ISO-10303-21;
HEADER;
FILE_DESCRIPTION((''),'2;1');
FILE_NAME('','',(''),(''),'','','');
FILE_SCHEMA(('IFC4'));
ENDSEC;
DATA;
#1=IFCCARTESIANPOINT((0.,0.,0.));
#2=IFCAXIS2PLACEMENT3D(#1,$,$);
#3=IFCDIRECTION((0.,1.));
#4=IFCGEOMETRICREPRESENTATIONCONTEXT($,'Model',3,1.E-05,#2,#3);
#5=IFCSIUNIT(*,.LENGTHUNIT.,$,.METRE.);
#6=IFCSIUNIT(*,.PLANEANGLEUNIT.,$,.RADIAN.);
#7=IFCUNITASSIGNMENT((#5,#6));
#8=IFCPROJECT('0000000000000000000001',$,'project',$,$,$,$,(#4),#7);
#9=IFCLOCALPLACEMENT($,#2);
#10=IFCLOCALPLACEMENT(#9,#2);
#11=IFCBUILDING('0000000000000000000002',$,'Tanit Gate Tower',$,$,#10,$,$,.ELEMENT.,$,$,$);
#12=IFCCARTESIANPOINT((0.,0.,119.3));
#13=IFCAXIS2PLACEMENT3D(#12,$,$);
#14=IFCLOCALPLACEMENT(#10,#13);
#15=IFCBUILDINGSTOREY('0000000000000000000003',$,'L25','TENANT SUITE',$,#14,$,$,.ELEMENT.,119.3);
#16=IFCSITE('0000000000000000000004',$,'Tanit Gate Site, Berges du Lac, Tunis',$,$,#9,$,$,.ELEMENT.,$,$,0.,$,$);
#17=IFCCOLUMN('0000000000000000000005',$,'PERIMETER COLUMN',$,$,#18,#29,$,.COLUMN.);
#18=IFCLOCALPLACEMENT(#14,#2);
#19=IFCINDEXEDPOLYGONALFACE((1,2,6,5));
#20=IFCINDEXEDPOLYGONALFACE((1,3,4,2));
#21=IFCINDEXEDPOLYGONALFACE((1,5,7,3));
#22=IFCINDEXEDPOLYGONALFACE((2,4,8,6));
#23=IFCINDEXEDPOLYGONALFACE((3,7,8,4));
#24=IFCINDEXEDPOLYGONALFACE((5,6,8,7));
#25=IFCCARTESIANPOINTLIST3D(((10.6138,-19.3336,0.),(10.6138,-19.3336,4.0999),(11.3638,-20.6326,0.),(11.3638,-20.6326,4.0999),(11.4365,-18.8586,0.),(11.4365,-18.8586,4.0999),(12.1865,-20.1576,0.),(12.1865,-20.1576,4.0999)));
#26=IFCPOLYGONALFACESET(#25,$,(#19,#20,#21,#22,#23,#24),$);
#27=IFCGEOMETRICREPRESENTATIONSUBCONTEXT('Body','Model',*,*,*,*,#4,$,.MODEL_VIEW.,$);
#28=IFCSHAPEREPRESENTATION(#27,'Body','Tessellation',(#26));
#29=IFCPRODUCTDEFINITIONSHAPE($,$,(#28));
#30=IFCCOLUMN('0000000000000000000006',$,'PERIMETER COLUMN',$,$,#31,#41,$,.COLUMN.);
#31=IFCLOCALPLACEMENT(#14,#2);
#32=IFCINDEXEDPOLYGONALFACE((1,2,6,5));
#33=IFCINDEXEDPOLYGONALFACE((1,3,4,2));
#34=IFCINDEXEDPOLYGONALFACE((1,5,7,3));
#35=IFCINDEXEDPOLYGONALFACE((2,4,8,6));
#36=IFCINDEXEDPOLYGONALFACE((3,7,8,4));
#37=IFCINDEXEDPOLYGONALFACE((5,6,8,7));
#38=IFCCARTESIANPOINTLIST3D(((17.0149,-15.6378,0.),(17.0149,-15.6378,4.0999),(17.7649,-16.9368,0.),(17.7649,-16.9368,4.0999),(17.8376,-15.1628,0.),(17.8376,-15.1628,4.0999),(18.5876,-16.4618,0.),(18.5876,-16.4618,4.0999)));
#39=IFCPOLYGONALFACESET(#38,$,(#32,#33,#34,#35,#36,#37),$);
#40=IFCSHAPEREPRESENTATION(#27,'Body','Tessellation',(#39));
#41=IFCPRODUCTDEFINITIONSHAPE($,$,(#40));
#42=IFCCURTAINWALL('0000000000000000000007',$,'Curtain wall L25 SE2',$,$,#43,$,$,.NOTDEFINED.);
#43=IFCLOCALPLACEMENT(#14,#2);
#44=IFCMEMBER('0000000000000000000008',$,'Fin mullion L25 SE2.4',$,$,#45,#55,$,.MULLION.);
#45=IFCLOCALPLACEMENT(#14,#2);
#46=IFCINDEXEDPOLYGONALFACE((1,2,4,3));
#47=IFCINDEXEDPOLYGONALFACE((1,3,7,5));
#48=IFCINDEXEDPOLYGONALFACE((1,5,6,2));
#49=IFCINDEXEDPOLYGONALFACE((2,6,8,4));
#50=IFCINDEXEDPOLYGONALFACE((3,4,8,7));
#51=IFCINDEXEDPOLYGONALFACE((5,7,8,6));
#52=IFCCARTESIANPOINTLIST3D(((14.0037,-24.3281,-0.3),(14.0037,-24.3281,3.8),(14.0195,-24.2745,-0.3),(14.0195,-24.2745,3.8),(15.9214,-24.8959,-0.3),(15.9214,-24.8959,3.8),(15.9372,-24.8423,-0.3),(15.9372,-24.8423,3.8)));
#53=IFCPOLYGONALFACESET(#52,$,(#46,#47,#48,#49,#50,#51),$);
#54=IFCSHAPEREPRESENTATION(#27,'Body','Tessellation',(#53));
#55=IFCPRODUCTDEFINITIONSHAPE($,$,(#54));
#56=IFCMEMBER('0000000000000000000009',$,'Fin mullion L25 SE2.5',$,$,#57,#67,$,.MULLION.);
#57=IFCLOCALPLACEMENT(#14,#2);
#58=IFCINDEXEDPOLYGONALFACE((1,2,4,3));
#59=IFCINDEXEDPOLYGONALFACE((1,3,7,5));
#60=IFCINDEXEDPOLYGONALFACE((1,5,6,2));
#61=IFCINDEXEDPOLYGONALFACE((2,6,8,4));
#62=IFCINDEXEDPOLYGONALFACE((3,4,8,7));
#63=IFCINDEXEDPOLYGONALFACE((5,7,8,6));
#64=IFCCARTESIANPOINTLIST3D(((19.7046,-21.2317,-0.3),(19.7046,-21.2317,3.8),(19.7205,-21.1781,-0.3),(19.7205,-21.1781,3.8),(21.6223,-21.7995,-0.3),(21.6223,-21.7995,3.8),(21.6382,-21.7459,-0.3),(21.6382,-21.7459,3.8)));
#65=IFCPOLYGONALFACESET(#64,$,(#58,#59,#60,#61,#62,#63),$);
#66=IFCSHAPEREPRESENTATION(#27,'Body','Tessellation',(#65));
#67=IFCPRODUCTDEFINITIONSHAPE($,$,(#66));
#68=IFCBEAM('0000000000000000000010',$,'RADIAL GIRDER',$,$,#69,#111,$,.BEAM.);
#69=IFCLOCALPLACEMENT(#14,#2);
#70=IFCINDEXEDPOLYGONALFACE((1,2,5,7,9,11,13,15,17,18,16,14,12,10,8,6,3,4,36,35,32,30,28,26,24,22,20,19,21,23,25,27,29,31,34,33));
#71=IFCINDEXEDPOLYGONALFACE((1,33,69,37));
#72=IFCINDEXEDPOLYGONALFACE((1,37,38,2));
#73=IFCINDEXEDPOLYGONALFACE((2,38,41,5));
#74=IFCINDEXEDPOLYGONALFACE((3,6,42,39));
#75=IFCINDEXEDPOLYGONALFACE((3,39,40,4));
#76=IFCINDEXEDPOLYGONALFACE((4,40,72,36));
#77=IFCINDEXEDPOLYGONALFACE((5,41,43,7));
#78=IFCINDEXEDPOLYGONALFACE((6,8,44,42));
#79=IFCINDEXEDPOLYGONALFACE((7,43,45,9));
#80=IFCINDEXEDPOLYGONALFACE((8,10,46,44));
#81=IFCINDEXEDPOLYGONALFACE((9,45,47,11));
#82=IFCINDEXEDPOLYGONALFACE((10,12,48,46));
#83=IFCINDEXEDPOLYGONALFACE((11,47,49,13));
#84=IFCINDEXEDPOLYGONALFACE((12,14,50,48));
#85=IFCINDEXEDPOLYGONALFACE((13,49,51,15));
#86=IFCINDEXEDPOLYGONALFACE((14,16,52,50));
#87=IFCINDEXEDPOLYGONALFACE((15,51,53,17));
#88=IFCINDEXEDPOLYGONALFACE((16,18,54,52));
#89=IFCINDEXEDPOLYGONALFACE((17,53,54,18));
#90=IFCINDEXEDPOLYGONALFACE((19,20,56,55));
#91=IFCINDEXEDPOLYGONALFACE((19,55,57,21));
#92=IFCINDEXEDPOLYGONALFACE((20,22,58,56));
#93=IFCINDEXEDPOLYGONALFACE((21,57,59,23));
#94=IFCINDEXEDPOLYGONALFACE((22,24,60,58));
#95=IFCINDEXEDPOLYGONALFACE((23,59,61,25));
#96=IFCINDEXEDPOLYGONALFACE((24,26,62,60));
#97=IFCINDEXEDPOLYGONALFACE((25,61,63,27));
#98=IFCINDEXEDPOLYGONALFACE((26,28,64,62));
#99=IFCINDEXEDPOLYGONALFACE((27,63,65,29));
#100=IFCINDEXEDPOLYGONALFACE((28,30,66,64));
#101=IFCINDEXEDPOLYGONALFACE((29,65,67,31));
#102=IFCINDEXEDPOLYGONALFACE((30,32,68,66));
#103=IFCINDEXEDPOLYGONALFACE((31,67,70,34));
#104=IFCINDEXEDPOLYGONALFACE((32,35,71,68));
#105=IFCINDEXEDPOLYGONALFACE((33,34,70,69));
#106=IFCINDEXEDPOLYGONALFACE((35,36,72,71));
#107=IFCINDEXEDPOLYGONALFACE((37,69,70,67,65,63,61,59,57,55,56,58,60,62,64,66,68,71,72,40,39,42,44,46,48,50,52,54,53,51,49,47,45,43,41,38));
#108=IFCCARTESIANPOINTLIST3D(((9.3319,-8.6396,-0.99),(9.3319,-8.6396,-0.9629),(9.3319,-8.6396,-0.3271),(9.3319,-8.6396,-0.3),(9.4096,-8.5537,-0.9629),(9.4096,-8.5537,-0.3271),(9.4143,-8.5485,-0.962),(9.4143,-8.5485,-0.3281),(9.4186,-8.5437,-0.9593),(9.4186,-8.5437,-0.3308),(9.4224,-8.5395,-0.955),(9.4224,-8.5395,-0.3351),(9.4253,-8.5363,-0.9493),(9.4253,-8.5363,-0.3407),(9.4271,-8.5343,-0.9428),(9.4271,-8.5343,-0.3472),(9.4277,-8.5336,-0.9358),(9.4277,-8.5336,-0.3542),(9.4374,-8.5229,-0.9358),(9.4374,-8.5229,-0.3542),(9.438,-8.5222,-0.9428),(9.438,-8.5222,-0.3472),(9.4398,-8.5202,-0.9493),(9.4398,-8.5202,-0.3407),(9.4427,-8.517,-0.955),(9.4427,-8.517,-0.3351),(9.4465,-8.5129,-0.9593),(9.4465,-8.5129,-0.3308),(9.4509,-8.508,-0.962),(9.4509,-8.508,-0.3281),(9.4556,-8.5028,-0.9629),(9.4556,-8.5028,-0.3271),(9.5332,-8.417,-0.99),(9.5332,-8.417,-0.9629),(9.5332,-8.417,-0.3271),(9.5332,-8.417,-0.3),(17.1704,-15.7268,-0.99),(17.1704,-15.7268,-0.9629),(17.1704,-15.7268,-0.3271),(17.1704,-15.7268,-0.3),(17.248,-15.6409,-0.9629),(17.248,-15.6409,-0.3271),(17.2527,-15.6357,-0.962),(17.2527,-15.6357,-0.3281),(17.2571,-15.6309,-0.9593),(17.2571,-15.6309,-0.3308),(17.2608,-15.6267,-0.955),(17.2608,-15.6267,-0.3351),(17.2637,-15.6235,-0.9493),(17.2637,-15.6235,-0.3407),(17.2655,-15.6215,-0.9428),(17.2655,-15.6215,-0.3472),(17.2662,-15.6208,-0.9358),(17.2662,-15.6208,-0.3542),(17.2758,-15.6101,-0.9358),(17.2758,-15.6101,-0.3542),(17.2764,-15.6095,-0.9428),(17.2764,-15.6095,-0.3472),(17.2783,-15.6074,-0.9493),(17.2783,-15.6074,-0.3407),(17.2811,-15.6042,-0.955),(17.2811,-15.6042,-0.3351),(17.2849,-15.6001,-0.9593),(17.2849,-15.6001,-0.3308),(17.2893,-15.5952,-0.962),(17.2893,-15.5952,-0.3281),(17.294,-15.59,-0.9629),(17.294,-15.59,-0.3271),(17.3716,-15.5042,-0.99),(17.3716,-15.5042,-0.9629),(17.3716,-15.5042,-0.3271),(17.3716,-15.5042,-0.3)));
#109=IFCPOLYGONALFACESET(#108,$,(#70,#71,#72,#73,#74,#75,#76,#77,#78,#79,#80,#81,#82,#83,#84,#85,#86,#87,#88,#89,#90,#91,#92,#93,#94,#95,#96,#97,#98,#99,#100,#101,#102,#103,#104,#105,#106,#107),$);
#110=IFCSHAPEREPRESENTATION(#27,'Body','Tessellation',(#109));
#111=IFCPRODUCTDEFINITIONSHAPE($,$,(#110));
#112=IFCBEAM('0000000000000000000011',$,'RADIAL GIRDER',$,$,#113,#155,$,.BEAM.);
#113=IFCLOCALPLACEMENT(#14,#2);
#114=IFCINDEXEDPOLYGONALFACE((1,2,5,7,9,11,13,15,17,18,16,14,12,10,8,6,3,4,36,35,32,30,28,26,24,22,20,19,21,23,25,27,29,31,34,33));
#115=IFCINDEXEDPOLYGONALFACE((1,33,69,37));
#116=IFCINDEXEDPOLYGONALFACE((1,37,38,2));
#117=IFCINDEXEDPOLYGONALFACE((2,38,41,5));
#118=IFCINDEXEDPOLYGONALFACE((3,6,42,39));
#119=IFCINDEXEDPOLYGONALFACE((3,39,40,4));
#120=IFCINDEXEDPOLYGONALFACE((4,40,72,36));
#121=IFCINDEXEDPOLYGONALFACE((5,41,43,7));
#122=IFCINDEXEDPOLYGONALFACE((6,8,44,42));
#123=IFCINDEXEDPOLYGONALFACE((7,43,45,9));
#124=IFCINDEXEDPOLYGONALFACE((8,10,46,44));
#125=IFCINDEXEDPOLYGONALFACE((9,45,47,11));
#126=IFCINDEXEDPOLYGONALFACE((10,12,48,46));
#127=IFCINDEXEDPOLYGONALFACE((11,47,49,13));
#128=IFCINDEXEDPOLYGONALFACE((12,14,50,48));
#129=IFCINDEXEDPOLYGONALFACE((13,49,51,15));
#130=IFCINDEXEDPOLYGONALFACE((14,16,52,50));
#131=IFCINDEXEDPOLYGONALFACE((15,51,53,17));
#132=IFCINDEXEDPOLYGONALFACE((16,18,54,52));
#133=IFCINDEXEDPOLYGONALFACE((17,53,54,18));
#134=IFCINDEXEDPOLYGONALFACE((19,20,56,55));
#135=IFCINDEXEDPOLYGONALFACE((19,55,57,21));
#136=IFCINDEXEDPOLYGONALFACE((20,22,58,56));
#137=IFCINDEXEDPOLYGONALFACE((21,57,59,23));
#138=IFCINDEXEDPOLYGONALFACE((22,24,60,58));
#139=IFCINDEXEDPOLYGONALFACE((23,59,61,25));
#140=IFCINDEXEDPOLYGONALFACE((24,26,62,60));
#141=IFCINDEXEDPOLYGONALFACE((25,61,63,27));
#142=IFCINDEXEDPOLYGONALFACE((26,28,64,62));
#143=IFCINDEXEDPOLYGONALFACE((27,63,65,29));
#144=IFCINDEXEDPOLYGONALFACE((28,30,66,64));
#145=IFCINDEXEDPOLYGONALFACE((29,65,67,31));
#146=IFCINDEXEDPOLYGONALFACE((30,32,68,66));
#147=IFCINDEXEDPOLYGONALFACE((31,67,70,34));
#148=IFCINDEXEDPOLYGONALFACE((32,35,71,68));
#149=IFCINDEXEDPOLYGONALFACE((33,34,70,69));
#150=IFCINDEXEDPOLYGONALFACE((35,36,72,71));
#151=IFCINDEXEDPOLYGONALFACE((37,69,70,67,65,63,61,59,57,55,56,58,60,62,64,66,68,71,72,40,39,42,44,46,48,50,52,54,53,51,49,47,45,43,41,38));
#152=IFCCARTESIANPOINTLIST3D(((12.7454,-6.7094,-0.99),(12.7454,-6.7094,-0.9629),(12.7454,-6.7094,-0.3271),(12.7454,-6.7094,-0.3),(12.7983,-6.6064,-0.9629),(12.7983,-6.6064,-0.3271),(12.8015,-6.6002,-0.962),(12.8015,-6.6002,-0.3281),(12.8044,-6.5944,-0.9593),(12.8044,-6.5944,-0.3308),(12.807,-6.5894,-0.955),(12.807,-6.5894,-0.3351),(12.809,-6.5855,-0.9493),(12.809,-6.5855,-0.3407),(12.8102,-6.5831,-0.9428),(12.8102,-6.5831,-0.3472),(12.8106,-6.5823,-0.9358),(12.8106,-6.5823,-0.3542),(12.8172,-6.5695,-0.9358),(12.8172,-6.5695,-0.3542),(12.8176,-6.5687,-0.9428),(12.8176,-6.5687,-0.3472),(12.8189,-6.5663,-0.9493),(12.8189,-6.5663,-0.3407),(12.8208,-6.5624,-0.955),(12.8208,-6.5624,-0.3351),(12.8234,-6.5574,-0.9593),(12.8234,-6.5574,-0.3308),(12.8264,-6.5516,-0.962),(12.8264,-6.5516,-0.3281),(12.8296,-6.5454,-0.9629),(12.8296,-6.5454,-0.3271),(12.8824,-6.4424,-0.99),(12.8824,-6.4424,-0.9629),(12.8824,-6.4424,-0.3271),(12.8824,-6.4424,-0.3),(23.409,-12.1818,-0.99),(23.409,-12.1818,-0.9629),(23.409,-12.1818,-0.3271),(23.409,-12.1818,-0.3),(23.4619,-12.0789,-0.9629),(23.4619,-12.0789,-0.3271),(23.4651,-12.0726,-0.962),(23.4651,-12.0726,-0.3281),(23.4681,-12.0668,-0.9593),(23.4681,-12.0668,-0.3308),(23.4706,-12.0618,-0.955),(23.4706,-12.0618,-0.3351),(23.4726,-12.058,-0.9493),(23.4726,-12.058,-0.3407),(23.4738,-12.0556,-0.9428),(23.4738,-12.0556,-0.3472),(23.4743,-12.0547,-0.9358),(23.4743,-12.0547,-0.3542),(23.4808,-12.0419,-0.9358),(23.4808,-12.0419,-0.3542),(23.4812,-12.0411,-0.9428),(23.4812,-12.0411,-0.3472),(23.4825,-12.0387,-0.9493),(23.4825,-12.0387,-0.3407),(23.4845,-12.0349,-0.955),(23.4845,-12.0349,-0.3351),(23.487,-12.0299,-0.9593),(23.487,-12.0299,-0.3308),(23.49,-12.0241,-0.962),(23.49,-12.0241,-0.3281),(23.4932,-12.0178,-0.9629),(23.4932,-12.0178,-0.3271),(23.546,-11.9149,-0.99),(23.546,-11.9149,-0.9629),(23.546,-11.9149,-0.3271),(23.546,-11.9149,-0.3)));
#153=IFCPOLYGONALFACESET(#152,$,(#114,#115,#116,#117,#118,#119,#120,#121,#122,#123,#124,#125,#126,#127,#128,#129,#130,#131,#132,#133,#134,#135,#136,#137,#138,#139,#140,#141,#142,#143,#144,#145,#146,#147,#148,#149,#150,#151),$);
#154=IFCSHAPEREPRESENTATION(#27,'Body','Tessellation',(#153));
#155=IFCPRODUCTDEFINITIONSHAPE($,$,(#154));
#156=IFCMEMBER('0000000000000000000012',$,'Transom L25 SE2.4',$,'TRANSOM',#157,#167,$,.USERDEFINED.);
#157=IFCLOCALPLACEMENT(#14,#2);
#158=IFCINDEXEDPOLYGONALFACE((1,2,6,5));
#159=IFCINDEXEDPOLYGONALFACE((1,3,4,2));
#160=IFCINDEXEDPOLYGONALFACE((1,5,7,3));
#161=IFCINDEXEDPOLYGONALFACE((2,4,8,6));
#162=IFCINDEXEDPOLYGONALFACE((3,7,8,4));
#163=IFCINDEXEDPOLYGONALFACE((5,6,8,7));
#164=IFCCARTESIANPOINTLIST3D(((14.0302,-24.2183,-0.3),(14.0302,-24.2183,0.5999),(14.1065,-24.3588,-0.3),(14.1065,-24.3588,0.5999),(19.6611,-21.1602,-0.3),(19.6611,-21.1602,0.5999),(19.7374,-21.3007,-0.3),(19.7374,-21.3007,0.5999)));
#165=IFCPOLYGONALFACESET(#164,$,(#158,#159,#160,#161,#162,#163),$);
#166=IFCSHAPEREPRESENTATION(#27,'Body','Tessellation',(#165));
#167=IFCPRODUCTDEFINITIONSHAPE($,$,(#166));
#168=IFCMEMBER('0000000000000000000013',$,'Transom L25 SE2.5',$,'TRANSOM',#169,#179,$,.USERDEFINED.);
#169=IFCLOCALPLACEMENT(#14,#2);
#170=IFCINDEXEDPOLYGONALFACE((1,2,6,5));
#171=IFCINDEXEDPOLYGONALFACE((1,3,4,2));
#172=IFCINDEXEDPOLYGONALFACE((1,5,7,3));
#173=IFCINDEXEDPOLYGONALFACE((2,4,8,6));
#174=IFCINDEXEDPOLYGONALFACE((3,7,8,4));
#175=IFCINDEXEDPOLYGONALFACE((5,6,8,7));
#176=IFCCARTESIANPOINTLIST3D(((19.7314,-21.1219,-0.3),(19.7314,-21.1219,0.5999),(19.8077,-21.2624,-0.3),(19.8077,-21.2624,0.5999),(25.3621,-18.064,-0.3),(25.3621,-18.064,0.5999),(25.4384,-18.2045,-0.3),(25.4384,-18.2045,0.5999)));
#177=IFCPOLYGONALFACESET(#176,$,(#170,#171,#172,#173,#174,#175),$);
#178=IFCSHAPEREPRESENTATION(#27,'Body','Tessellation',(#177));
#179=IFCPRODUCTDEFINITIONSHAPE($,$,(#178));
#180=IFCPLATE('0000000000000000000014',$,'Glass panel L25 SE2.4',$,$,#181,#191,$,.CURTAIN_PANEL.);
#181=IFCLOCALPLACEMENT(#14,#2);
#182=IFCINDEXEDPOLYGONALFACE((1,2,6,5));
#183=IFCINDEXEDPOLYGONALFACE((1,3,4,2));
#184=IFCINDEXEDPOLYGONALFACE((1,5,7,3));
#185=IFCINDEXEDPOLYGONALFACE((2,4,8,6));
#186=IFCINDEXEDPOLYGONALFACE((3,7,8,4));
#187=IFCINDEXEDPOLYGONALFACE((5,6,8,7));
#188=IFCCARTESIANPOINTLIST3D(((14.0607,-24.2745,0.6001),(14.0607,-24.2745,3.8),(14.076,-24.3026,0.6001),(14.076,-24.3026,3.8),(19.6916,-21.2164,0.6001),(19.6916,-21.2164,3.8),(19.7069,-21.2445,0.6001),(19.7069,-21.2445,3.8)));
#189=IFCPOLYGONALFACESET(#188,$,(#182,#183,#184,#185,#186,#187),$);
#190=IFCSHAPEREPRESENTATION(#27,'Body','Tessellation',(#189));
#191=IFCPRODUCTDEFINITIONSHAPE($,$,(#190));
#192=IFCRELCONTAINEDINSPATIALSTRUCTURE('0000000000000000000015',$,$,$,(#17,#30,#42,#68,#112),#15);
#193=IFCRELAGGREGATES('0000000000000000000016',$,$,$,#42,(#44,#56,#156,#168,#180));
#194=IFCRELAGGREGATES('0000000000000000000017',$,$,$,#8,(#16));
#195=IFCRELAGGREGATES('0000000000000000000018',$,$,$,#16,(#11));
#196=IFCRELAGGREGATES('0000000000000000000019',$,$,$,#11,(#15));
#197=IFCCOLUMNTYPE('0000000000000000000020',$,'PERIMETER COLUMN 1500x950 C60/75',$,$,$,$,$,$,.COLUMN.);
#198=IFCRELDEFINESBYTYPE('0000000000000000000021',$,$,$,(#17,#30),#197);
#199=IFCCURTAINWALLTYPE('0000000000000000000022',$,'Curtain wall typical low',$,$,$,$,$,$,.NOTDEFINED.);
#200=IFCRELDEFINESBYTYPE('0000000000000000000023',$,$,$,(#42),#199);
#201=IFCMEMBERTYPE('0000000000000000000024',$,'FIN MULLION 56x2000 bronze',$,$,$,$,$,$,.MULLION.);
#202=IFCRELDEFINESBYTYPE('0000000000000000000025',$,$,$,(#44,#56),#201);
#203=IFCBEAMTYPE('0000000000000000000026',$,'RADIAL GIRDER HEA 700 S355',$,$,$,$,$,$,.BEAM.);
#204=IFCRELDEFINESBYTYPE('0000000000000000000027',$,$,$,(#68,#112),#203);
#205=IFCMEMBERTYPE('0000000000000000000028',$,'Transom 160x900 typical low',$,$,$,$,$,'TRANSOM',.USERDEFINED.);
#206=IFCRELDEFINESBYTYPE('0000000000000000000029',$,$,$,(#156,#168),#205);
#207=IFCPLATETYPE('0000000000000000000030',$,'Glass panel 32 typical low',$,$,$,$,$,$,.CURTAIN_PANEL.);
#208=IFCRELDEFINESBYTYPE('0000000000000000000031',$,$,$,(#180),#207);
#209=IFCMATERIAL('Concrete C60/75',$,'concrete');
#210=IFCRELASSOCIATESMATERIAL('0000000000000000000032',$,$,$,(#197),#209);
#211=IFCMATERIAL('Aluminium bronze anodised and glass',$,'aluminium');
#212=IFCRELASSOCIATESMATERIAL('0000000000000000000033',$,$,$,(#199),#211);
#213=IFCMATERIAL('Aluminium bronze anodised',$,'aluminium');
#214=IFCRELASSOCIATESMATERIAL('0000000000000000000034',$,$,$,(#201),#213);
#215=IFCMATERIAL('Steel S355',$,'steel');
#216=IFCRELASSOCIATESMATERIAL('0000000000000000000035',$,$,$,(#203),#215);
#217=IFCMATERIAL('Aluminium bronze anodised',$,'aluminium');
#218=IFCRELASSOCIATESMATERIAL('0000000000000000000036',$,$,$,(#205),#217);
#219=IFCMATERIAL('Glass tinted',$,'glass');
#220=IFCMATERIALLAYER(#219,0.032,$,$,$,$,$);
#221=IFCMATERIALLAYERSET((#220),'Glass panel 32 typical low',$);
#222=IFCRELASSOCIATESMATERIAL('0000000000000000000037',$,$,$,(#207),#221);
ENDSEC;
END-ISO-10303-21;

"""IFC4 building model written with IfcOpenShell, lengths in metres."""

from ifc_helpers import new_model, si_unit, direction, frame, origin, origin_2d, place, context, subcontext, project, spatial, rectangle, i_section, extrude, material, layer, layer_set, material_profile, profile_set, type_object, element, aggregate, save


model = new_model("IFC4")

# Units and contexts
model_context = context("Model", 3, precision=1e-05, world=origin(), true_north=direction((0.0, 1.0)))
body_context = subcontext(model_context, "Body", "Model", "MODEL_VIEW")
ifc_project = project(units=[si_unit("LENGTHUNIT", "METRE"), si_unit("PLANEANGLEUNIT", "RADIAN")], contexts=[model_context])

# Site, building, storey
site_placement = place(None, origin())
site = spatial("IfcSite", under=ifc_project, at=site_placement, Name="Tanit Gate Site, Berges du Lac, Tunis", CompositionType="ELEMENT", RefElevation=0.0)
building_placement = place(site_placement, origin())
building = spatial("IfcBuilding", under=site, at=building_placement, Name="Tanit Gate Tower", CompositionType="ELEMENT")
storey_placement = place(building_placement, frame((0.0, 0.0, 119.3)))
storey = spatial("IfcBuildingStorey", under=building, at=storey_placement, Name="L25", Description="TENANT SUITE", CompositionType="ELEMENT", Elevation=119.3)

# Columns
ifc_material_1 = material(Name="Concrete C60/75", Category="concrete")
ifc_material_profile_1 = material_profile(ifc_material_1, rectangle(XDim=1.5, YDim=0.95, at=origin_2d()), Name="RC 1500x950")
ifc_profile_set_1 = profile_set([ifc_material_profile_1], Name="Concrete C60/75")
column_type = type_object("IfcColumnType", Name="PERIMETER COLUMN 1500x950 C60/75", PredefinedType="COLUMN", material=ifc_profile_set_1)
for number, where, z_axis, x_axis, name in (
    (1, (11.4001, -19.7456, 0.0), (0.0, 0.0, 1.0), (0.5, -0.866025, 0.0), "PERIMETER COLUMN"),
    (2, (17.8013, -16.0498, 0.0), (0.0, 0.0, 1.0), (0.5, -0.866025, 0.0), "PERIMETER COLUMN"),
):
    element("IfcColumn", number, at=place(storey_placement, frame(where, z_axis=z_axis, x_axis=x_axis)), inside=storey, type_object=column_type, Name=name, PredefinedType="COLUMN", context=body_context, shape_type="SweptSolid", body=[
        extrude(rectangle(XDim=1.5, YDim=0.95, at=origin_2d()), origin(), (0.0, 0.0, 1.0), 4.0999),
    ])

# Curtain wall, members
ifc_material_2 = material(Name="Aluminium bronze anodised and glass", Category="aluminium")
curtain_wall_type = type_object("IfcCurtainWallType", Name="Curtain wall typical low", PredefinedType="NOTDEFINED", material=ifc_material_2)
curtain_wall_placement = place(storey_placement, origin())
curtain_wall = element("IfcCurtainWall", 3, at=curtain_wall_placement, inside=storey, type_object=curtain_wall_type, Name="Curtain wall L25 SE2", PredefinedType="NOTDEFINED")
ifc_material_3 = material(Name="Aluminium bronze anodised", Category="aluminium")
ifc_material_profile_2 = material_profile(ifc_material_3, rectangle(XDim=2.0, YDim=0.0559, at=origin_2d()), Name="56x2000 bronze fin mullion")
ifc_profile_set_2 = profile_set([ifc_material_profile_2], Name="Aluminium bronze anodised")
member_type_1 = type_object("IfcMemberType", Name="FIN MULLION 56x2000 bronze", PredefinedType="MULLION", material=ifc_profile_set_2)
member_1_placement = place(storey_placement, frame((14.9705, -24.5852, -0.3), z_axis=(0.0, 0.0, 1.0), x_axis=(-0.958852, 0.283906, 0.0)))
member_1 = element("IfcMember", 4, at=member_1_placement, type_object=member_type_1, Name="Fin mullion L25 SE2.4", PredefinedType="MULLION", context=body_context, shape_type="SweptSolid", body=[
    extrude(rectangle(XDim=2.0, YDim=0.0559, at=origin_2d()), origin(), (0.0, 0.0, 1.0), 4.1001),
])
member_2_placement = place(storey_placement, frame((20.6714, -21.4888, -0.3), z_axis=(0.0, 0.0, 1.0), x_axis=(-0.958852, 0.283906, 0.0)))
member_2 = element("IfcMember", 5, at=member_2_placement, type_object=member_type_1, Name="Fin mullion L25 SE2.5", PredefinedType="MULLION", context=body_context, shape_type="SweptSolid", body=[
    extrude(rectangle(XDim=2.0, YDim=0.0559, at=origin_2d()), origin(), (0.0, 0.0, 1.0), 4.1001),
])

# Beams
ifc_material_4 = material(Name="Steel S355", Category="steel")
ifc_material_profile_3 = material_profile(ifc_material_4, i_section(OverallWidth=0.3, OverallDepth=0.6899, WebThickness=0.0144, FlangeThickness=0.0271, FilletRadius=0.0271, at=origin_2d()), Name="HEA 700")
ifc_profile_set_3 = profile_set([ifc_material_profile_3], Name="Steel S355")
beam_type = type_object("IfcBeamType", Name="RADIAL GIRDER HEA 700 S355", PredefinedType="BEAM", material=ifc_profile_set_3)
beam_1_placement = place(storey_placement, frame((17.271, -15.6155, -0.645), z_axis=(-0.741757, 0.670668, 0.0), x_axis=(-0.670668, -0.741757, 0.0)))
element("IfcBeam", 6, at=beam_1_placement, inside=storey, type_object=beam_type, Name="RADIAL GIRDER", PredefinedType="BEAM", context=body_context, shape_type="SweptSolid", body=[
    extrude(i_section(OverallWidth=0.3, OverallDepth=0.6899, WebThickness=0.0144, FlangeThickness=0.0271, FilletRadius=0.0271, at=origin_2d()), origin(), (0.0, 0.0, 1.0), 10.5674),
])
beam_2_placement = place(storey_placement, frame((23.4775, -12.0483, -0.645), z_axis=(-0.889685, 0.456575, 0.0), x_axis=(-0.456575, -0.889685, 0.0)))
element("IfcBeam", 7, at=beam_2_placement, inside=storey, type_object=beam_type, Name="RADIAL GIRDER", PredefinedType="BEAM", context=body_context, shape_type="SweptSolid", body=[
    extrude(i_section(OverallWidth=0.3, OverallDepth=0.6899, WebThickness=0.0144, FlangeThickness=0.0271, FilletRadius=0.0271, at=origin_2d()), origin(), (0.0, 0.0, 1.0), 11.9858),
])

# Members
ifc_material_5 = material(Name="Aluminium bronze anodised", Category="aluminium")
ifc_material_profile_4 = material_profile(ifc_material_5, rectangle(XDim=0.1599, YDim=0.8999, at=origin_2d()), Name="160x900 bronze transom")
ifc_profile_set_4 = profile_set([ifc_material_profile_4], Name="Aluminium bronze anodised")
member_type_2 = type_object("IfcMemberType", Name="Transom 160x900 typical low", ElementType="TRANSOM", PredefinedType="USERDEFINED", material=ifc_profile_set_4)
member_3_placement = place(storey_placement, frame((14.0684, -24.2886, 0.1499), z_axis=(0.878765, 0.477255, 0.0), x_axis=(-0.477255, 0.878765, 0.0)))
member_3 = element("IfcMember", 8, at=member_3_placement, type_object=member_type_2, Name="Transom L25 SE2.4", ObjectType="TRANSOM", PredefinedType="USERDEFINED", context=body_context, shape_type="SweptSolid", body=[
    extrude(rectangle(XDim=0.1599, YDim=0.8999, at=origin_2d()), origin(), (0.0, 0.0, 1.0), 6.4077),
])
member_4_placement = place(storey_placement, frame((19.7695, -21.1921, 0.1499), z_axis=(0.878772, 0.477242, 0.0), x_axis=(-0.477242, 0.878772, 0.0)))
member_4 = element("IfcMember", 9, at=member_4_placement, type_object=member_type_2, Name="Transom L25 SE2.5", ObjectType="TRANSOM", PredefinedType="USERDEFINED", context=body_context, shape_type="SweptSolid", body=[
    extrude(rectangle(XDim=0.1599, YDim=0.8999, at=origin_2d()), origin(), (0.0, 0.0, 1.0), 6.4075),
])

# Plate
ifc_material_6 = material(Name="Glass tinted", Category="glass")
ifc_layer_1 = layer(ifc_material_6, 0.032)
ifc_layer_set_1 = layer_set([ifc_layer_1], Name="Glass panel 32 typical low")
plate_type = type_object("IfcPlateType", Name="Glass panel 32 typical low", PredefinedType="CURTAIN_PANEL", material=ifc_layer_set_1)
plate_1_placement = place(storey_placement, frame((16.8838, -22.7595, 0.6001), z_axis=(0.0, 0.0, 1.0), x_axis=(0.878762, 0.477259, 0.0)))
plate_1 = element("IfcPlate", 10, at=plate_1_placement, type_object=plate_type, Name="Glass panel L25 SE2.4", PredefinedType="CURTAIN_PANEL", context=body_context, shape_type="SweptSolid", body=[
    extrude(rectangle(XDim=6.4077, YDim=0.032, at=origin_2d()), origin(), (0.0, 0.0, 1.0), 3.2),
])
aggregate(curtain_wall, [member_1, member_2, member_3, member_4, plate_1])

save(model, "model.ifc")
